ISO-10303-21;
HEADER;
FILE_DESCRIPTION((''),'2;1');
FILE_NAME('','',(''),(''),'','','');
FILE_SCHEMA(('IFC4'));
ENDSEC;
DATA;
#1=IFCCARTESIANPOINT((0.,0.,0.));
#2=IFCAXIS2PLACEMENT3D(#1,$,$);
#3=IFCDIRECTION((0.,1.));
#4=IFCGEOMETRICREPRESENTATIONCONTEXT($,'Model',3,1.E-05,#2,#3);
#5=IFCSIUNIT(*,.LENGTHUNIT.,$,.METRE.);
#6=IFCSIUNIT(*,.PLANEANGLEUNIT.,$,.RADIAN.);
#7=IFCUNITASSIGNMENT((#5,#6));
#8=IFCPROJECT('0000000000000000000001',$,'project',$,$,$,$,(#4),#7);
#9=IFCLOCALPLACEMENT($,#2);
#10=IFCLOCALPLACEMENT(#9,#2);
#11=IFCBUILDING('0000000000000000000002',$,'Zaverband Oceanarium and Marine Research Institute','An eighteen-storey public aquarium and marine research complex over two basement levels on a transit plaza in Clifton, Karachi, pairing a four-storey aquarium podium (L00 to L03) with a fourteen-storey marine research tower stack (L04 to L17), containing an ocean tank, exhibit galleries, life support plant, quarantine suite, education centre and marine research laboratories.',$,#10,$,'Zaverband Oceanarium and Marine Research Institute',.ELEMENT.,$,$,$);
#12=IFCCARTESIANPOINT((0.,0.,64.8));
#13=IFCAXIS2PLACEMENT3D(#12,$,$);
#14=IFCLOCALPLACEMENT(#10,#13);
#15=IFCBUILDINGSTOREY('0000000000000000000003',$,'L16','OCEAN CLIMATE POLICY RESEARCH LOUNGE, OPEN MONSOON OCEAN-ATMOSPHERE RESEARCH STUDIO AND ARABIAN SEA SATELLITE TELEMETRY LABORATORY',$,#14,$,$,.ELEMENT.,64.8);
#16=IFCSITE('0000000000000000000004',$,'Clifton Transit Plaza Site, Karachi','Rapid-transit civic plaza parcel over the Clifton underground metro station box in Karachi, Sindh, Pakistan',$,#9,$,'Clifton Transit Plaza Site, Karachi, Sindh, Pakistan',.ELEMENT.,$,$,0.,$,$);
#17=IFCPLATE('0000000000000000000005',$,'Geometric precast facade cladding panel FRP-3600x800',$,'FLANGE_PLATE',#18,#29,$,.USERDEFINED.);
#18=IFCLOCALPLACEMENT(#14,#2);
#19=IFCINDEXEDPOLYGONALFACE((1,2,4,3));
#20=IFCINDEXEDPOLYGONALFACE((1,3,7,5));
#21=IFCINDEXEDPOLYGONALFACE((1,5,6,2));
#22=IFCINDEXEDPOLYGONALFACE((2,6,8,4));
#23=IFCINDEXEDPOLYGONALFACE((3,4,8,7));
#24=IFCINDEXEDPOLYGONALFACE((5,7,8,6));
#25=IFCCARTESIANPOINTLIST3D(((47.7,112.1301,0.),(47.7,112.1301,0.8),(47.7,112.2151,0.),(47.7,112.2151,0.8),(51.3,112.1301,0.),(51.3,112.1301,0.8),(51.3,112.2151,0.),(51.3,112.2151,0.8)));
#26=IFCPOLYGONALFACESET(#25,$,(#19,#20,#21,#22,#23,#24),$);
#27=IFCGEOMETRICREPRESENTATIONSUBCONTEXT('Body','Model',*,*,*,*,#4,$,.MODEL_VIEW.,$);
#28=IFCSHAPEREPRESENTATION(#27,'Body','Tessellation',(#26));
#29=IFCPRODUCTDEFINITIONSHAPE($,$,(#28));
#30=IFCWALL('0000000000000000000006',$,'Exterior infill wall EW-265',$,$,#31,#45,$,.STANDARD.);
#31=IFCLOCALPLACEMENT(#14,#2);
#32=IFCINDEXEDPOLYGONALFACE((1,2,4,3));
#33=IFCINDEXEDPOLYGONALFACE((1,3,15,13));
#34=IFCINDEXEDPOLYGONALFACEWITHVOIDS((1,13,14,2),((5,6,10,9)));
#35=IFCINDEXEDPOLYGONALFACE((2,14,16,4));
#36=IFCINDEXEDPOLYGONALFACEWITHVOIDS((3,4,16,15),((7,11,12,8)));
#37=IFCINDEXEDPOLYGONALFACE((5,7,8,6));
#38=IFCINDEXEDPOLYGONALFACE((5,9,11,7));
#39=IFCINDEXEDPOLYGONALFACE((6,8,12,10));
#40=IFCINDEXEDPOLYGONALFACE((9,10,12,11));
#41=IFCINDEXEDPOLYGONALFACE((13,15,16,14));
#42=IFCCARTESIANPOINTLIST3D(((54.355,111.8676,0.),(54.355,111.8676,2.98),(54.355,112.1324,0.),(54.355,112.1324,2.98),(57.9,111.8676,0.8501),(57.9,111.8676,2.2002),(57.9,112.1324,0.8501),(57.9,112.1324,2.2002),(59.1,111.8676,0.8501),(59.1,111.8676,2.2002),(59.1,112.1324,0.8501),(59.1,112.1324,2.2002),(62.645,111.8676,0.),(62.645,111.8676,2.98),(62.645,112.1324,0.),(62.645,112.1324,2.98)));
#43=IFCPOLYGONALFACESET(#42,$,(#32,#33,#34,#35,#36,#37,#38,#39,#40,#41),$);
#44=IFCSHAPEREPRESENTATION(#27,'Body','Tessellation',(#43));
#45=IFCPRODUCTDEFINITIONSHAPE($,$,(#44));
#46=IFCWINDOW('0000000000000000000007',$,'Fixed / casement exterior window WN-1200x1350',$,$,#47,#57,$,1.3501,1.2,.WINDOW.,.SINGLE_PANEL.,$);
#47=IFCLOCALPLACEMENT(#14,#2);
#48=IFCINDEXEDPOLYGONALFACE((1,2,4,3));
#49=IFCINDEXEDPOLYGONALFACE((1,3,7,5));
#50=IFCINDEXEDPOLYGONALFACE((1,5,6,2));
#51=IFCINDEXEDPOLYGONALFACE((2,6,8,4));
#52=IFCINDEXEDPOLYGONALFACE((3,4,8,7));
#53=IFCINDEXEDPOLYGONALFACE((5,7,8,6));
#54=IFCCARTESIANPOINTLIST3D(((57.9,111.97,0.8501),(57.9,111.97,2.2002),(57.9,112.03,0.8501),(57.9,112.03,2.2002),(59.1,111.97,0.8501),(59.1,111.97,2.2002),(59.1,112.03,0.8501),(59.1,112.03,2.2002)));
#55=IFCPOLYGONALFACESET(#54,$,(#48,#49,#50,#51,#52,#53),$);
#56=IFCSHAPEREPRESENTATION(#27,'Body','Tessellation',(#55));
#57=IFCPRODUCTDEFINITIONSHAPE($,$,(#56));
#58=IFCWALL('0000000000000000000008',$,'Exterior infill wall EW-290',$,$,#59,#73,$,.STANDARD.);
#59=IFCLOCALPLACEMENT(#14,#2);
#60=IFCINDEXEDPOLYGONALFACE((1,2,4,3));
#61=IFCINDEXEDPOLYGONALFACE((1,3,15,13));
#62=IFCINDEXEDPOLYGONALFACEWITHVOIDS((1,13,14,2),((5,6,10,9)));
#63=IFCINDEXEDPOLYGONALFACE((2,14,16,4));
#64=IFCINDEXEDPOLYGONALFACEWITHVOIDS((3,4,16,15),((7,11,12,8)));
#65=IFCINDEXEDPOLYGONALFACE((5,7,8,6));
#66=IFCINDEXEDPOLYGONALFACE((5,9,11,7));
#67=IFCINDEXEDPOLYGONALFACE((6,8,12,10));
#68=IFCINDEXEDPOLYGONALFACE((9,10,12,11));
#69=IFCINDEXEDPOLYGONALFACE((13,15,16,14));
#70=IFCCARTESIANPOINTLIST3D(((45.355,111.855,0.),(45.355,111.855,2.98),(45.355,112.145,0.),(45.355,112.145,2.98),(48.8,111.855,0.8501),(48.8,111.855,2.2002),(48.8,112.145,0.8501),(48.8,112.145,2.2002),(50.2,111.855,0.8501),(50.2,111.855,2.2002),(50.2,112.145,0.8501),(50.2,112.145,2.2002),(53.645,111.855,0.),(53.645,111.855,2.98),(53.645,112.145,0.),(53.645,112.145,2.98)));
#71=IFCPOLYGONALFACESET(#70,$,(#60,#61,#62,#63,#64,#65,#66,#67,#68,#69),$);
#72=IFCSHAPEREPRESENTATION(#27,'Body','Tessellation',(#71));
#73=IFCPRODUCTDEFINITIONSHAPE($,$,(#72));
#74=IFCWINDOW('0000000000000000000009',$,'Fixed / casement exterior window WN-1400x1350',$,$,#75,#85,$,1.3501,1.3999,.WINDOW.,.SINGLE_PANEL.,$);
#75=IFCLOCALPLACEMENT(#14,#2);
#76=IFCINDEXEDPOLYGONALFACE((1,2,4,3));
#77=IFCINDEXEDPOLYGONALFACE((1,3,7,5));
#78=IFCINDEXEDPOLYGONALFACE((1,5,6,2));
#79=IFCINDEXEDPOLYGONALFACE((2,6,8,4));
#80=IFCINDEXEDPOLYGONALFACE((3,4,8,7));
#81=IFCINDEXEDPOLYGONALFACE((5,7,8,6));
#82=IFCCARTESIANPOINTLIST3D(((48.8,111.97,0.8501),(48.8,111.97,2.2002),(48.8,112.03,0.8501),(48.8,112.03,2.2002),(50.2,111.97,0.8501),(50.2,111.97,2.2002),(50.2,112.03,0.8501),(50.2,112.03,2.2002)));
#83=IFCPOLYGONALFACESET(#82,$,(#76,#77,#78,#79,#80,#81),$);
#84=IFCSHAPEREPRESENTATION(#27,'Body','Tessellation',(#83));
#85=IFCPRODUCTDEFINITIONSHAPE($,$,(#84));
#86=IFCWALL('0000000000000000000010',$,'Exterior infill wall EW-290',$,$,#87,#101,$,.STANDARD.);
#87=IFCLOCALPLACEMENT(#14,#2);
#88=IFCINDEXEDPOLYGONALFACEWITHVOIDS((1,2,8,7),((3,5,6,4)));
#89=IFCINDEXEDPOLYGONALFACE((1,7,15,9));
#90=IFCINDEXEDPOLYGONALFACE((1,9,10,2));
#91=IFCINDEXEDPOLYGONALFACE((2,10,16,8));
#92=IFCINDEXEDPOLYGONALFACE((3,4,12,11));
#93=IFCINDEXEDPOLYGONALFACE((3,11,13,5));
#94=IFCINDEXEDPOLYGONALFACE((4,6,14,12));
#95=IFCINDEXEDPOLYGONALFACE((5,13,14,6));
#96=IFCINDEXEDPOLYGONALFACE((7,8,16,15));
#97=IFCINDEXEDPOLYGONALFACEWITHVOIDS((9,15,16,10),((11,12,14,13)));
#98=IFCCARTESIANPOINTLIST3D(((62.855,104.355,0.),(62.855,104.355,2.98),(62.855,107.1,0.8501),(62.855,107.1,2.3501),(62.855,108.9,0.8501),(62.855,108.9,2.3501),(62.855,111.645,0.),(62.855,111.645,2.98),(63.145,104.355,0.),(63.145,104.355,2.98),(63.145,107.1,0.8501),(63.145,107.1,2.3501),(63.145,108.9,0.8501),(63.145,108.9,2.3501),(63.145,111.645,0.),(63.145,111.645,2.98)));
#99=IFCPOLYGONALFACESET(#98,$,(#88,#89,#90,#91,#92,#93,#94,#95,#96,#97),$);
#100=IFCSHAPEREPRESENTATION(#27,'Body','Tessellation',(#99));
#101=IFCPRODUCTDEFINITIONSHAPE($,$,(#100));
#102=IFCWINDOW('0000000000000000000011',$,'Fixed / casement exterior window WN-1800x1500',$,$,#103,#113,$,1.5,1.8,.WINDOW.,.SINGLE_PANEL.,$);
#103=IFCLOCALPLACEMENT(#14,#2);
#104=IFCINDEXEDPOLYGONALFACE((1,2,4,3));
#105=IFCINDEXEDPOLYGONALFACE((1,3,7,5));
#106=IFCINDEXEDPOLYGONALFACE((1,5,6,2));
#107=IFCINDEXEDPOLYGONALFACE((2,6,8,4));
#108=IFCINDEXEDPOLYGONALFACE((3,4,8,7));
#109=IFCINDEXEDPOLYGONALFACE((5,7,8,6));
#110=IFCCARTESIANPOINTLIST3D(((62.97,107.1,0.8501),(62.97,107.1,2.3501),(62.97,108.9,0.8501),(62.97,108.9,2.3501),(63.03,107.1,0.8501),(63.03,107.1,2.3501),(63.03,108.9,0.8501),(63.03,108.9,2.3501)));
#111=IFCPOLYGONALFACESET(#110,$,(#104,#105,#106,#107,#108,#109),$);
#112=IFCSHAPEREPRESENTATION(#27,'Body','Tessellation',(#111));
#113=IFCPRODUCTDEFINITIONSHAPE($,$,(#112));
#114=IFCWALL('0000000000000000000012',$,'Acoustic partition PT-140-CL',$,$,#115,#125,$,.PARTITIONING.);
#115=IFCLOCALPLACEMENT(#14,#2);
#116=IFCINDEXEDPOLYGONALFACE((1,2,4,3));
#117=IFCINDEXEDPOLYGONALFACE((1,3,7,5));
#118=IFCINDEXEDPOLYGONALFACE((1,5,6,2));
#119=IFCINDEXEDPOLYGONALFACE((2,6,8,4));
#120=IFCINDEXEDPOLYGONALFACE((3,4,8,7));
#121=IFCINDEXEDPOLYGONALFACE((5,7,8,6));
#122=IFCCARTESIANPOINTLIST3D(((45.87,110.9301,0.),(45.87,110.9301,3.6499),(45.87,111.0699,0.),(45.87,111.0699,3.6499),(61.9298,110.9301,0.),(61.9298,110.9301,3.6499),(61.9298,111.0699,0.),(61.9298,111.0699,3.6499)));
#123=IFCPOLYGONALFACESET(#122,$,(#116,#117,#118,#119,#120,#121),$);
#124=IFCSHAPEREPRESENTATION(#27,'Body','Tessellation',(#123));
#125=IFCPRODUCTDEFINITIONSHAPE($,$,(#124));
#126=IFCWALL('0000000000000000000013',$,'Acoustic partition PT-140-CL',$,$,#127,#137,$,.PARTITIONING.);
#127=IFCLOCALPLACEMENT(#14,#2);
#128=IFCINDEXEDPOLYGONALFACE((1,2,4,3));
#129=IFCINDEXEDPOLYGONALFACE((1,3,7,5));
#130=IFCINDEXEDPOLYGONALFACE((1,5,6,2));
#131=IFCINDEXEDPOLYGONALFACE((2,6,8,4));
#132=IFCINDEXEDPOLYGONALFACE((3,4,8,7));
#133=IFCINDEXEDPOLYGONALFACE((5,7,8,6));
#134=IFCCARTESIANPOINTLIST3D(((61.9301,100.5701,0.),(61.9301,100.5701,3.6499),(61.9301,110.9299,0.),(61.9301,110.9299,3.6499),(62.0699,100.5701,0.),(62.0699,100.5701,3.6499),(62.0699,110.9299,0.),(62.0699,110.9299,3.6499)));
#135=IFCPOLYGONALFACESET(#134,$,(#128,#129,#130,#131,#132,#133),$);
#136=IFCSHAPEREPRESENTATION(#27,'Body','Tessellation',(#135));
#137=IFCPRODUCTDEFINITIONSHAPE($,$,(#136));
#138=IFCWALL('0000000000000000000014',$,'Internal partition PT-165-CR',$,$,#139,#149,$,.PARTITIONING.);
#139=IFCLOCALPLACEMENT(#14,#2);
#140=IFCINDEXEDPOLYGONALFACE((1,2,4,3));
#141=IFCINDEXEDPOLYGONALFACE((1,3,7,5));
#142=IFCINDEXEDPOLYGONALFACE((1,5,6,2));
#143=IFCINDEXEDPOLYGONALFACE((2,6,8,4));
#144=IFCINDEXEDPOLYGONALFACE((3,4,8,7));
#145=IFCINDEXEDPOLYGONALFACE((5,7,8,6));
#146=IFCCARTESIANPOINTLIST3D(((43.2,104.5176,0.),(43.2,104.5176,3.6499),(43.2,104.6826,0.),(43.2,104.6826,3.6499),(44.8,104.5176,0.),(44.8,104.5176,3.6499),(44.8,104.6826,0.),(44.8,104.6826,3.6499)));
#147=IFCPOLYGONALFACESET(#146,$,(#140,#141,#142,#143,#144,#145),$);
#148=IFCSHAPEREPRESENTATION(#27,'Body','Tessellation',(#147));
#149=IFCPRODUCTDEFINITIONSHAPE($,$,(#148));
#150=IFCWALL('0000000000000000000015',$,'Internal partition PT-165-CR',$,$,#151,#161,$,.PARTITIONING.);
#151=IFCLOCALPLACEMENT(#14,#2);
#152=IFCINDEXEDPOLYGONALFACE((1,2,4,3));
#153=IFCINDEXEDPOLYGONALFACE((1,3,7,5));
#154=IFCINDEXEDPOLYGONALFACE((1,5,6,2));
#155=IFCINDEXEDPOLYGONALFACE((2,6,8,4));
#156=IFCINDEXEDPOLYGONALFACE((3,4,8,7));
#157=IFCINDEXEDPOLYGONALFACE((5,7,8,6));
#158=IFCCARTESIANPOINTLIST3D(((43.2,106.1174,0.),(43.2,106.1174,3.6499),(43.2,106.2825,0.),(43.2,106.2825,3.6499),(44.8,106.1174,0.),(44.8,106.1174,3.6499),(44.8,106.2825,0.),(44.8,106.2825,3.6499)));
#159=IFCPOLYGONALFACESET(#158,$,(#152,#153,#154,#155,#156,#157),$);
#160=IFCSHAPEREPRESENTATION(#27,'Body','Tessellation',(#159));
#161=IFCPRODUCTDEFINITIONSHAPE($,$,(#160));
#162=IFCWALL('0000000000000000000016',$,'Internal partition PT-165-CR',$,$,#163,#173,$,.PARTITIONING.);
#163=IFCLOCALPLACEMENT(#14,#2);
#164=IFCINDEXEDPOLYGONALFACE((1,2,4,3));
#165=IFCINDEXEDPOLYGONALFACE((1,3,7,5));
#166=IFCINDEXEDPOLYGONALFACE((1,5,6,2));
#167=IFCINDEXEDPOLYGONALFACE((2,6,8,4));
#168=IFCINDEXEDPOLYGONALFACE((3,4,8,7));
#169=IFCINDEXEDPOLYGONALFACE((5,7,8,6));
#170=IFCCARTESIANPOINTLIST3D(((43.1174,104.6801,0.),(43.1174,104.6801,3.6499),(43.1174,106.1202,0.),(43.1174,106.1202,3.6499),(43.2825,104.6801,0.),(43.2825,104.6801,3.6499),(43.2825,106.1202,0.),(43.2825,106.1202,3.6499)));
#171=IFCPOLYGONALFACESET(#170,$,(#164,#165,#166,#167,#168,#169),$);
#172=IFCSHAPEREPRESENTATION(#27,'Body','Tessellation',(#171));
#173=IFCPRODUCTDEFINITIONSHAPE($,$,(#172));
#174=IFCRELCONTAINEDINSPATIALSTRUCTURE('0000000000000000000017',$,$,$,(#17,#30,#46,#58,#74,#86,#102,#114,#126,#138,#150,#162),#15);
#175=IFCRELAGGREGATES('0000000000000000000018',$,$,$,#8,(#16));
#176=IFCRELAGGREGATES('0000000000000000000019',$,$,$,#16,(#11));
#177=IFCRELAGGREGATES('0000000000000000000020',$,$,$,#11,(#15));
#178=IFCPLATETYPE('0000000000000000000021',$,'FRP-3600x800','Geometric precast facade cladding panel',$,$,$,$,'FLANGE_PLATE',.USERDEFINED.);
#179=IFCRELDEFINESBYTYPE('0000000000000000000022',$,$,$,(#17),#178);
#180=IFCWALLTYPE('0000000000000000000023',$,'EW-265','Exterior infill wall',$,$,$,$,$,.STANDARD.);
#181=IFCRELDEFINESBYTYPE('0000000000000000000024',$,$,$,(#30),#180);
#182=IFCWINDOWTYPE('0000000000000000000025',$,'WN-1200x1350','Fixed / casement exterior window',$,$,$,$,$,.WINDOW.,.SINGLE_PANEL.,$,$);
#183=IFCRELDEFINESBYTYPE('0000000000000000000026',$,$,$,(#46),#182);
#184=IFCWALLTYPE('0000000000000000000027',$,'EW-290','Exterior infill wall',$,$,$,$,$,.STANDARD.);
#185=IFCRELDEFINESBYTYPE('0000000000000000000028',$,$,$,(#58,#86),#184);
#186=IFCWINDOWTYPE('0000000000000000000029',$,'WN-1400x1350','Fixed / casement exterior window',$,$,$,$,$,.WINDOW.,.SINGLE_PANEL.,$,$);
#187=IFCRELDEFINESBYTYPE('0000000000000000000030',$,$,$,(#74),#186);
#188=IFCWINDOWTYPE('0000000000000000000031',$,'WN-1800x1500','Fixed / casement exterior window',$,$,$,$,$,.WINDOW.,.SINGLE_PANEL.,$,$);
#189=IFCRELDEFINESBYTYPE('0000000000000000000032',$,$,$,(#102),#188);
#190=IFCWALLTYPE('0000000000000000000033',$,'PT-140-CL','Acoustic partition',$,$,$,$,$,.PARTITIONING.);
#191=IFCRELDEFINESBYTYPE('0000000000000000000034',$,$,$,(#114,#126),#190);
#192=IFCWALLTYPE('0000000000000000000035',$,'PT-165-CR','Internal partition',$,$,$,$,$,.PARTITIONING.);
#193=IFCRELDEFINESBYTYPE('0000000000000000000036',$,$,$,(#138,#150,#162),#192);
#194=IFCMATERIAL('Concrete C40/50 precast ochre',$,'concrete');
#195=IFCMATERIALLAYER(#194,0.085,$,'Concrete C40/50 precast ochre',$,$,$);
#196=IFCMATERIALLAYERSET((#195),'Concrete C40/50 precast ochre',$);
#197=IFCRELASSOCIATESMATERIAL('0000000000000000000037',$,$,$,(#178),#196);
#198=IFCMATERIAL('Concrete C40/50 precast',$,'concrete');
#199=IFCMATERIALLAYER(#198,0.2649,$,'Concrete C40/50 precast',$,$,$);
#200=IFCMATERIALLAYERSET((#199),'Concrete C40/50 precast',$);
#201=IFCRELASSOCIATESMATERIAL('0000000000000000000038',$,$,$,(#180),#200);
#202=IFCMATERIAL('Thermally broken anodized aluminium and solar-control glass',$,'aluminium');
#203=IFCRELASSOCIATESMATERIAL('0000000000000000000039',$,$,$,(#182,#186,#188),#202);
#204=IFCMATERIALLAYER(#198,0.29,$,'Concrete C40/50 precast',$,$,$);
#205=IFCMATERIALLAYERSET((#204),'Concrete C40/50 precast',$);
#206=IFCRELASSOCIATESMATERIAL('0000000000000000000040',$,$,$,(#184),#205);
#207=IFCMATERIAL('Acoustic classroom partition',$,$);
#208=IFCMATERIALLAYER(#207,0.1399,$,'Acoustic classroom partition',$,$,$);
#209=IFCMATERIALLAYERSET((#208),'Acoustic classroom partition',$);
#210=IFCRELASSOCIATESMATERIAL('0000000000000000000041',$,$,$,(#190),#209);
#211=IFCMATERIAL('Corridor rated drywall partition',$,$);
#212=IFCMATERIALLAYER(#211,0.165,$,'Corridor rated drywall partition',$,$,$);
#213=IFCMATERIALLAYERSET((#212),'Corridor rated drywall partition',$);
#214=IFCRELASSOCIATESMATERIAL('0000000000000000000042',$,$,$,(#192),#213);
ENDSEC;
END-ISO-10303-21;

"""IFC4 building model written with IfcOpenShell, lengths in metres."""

from ifc_helpers import new_model, si_unit, direction, frame, frame_2d, origin, place, context, subcontext, project, spatial, rectangle, extrude, material, layer, layer_set, type_object, element, fill, save


model = new_model("IFC4")

# Units and contexts
model_context = context("Model", 3, precision=1e-05, world=origin(), true_north=direction((0.0, 1.0)))
body_context = subcontext(model_context, "Body", "Model", "MODEL_VIEW")
ifc_project = project(units=[si_unit("LENGTHUNIT", "METRE"), si_unit("PLANEANGLEUNIT", "RADIAN")], contexts=[model_context])

# Site, building, storey
site_placement = place(None, origin())
site = spatial("IfcSite", under=ifc_project, at=site_placement, Name="Clifton Transit Plaza Site, Karachi", Description="Rapid-transit civic plaza parcel over the Clifton underground metro station box in Karachi, Sindh, Pakistan", LongName="Clifton Transit Plaza Site, Karachi, Sindh, Pakistan", CompositionType="ELEMENT", RefElevation=0.0)
building_placement = place(site_placement, origin())
building = spatial("IfcBuilding", under=site, at=building_placement, Name="Zaverband Oceanarium and Marine Research Institute", Description="An eighteen-storey public aquarium and marine research complex over two basement levels on a transit plaza in Clifton, Karachi, pairing a four-storey aquarium podium (L00 to L03) with a fourteen-storey marine research tower stack (L04 to L17), containing an ocean tank, exhibit galleries, life support plant, quarantine suite, education centre and marine research laboratories.", LongName="Zaverband Oceanarium and Marine Research Institute", CompositionType="ELEMENT")
storey_placement = place(building_placement, frame((0.0, 0.0, 64.8)))
storey = spatial("IfcBuildingStorey", under=building, at=storey_placement, Name="L16", Description="OCEAN CLIMATE POLICY RESEARCH LOUNGE, OPEN MONSOON OCEAN-ATMOSPHERE RESEARCH STUDIO AND ARABIAN SEA SATELLITE TELEMETRY LABORATORY", CompositionType="ELEMENT", Elevation=64.8)

# Shared definitions
ifc_material_1 = material(Name="Thermally broken anodized aluminium and solar-control glass", Category="aluminium")

# Plate
ifc_material_2 = material(Name="Concrete C40/50 precast ochre", Category="concrete")
ifc_layer_1 = layer(ifc_material_2, 0.085, Name="Concrete C40/50 precast ochre")
ifc_layer_set_1 = layer_set([ifc_layer_1], Name="Concrete C40/50 precast ochre")
plate_type_1 = type_object("IfcPlateType", Name="FRP-3600x800", Description="Geometric precast facade cladding panel", ElementType="FLANGE_PLATE", PredefinedType="USERDEFINED", material=ifc_layer_set_1)
plate_1_placement = place(storey_placement, frame((47.7, 112.1726, 0.0), z_axis=(0.0, 0.0, 1.0), x_axis=(1.0, 0.0, 0.0)))
element("IfcPlate", 1, at=plate_1_placement, inside=storey, type_object=plate_type_1, Name="Geometric precast facade cladding panel FRP-3600x800", ObjectType="FLANGE_PLATE", PredefinedType="USERDEFINED", context=body_context, shape_type="SweptSolid", body=[
    extrude(rectangle(XDim=3.6001, YDim=0.085, at=frame_2d((1.8, 0.0))), origin(), (0.0, 0.0, 1.0), 0.8),
])

# Walls, openings, windows
ifc_material_3 = material(Name="Concrete C40/50 precast", Category="concrete")
ifc_layer_2 = layer(ifc_material_3, 0.2649, Name="Concrete C40/50 precast")
ifc_layer_set_2 = layer_set([ifc_layer_2], Name="Concrete C40/50 precast")
wall_type_1 = type_object("IfcWallType", Name="EW-265", Description="Exterior infill wall", PredefinedType="STANDARD", material=ifc_layer_set_2)
wall_1_placement = place(storey_placement, frame((54.355, 112.0, 0.0), z_axis=(0.0, 0.0, 1.0), x_axis=(1.0, 0.0, 0.0)))
wall_1 = element("IfcWall", 2, at=wall_1_placement, inside=storey, type_object=wall_type_1, Name="Exterior infill wall EW-265", PredefinedType="STANDARD", context=body_context, shape_type="SweptSolid", body=[
    extrude(rectangle(XDim=8.29, YDim=0.2649, at=frame_2d((4.145, 0.0))), origin(), (0.0, 0.0, 1.0), 2.98),
])
opening_1_placement = place(wall_1_placement, frame((3.5449, 0.0, 0.8501)))
opening_1 = element("IfcOpeningElement", 3, at=opening_1_placement, cuts=wall_1, PredefinedType="OPENING", context=body_context, shape_type="SweptSolid", body=[
    extrude(rectangle(XDim=1.2, YDim=1.3501, at=frame_2d((0.6001, 0.675))), frame((0.0, 0.1445, 0.0), z_axis=(0.0, -1.0, 0.0), x_axis=(1.0, 0.0, 0.0)), (0.0, 0.0, 1.0), 0.2888),
])
window_type_1 = type_object("IfcWindowType", Name="WN-1200x1350", Description="Fixed / casement exterior window", PartitioningType="SINGLE_PANEL", PredefinedType="WINDOW", material=ifc_material_1)
window_1_placement = place(opening_1_placement, origin())
window_1 = element("IfcWindow", 4, at=window_1_placement, inside=storey, type_object=window_type_1, Name="Fixed / casement exterior window WN-1200x1350", OverallHeight=1.3501, OverallWidth=1.2, PartitioningType="SINGLE_PANEL", PredefinedType="WINDOW", context=body_context, shape_type="SweptSolid", body=[
    extrude(rectangle(XDim=1.2, YDim=1.3501, at=frame_2d((0.6001, 0.675))), frame((0.0, 0.03, 0.0), z_axis=(0.0, -1.0, 0.0), x_axis=(1.0, 0.0, 0.0)), (0.0, 0.0, 1.0), 0.0601),
])
fill(opening_1, window_1)
ifc_layer_3 = layer(ifc_material_3, 0.29, Name="Concrete C40/50 precast")
ifc_layer_set_3 = layer_set([ifc_layer_3], Name="Concrete C40/50 precast")
wall_type_2 = type_object("IfcWallType", Name="EW-290", Description="Exterior infill wall", PredefinedType="STANDARD", material=ifc_layer_set_3)
wall_2_placement = place(storey_placement, frame((45.355, 112.0, 0.0), z_axis=(0.0, 0.0, 1.0), x_axis=(1.0, 0.0, 0.0)))
wall_2 = element("IfcWall", 5, at=wall_2_placement, inside=storey, type_object=wall_type_2, Name="Exterior infill wall EW-290", PredefinedType="STANDARD", context=body_context, shape_type="SweptSolid", body=[
    extrude(rectangle(XDim=8.29, YDim=0.29, at=frame_2d((4.145, 0.0))), origin(), (0.0, 0.0, 1.0), 2.98),
])
opening_2_placement = place(wall_2_placement, frame((3.4451, 0.0, 0.8501)))
opening_2 = element("IfcOpeningElement", 6, at=opening_2_placement, cuts=wall_2, PredefinedType="OPENING", context=body_context, shape_type="SweptSolid", body=[
    extrude(rectangle(XDim=1.3999, YDim=1.3501, at=frame_2d((0.7, 0.675))), frame((0.0, 0.157, 0.0), z_axis=(0.0, -1.0, 0.0), x_axis=(1.0, 0.0, 0.0)), (0.0, 0.0, 1.0), 0.314),
])
window_type_2 = type_object("IfcWindowType", Name="WN-1400x1350", Description="Fixed / casement exterior window", PartitioningType="SINGLE_PANEL", PredefinedType="WINDOW", material=ifc_material_1)
window_2_placement = place(opening_2_placement, origin())
window_2 = element("IfcWindow", 7, at=window_2_placement, inside=storey, type_object=window_type_2, Name="Fixed / casement exterior window WN-1400x1350", OverallHeight=1.3501, OverallWidth=1.3999, PartitioningType="SINGLE_PANEL", PredefinedType="WINDOW", context=body_context, shape_type="SweptSolid", body=[
    extrude(rectangle(XDim=1.3999, YDim=1.3501, at=frame_2d((0.7, 0.675))), frame((0.0, 0.03, 0.0), z_axis=(0.0, -1.0, 0.0), x_axis=(1.0, 0.0, 0.0)), (0.0, 0.0, 1.0), 0.0601),
])
fill(opening_2, window_2)
wall_3_placement = place(storey_placement, frame((63.0, 104.355, 0.0), z_axis=(0.0, 0.0, 1.0), x_axis=(0.0, 1.0, 0.0)))
wall_3 = element("IfcWall", 8, at=wall_3_placement, inside=storey, type_object=wall_type_2, Name="Exterior infill wall EW-290", PredefinedType="STANDARD", context=body_context, shape_type="SweptSolid", body=[
    extrude(rectangle(XDim=7.29, YDim=0.29, at=frame_2d((3.645, 0.0))), origin(), (0.0, 0.0, 1.0), 2.98),
])
opening_3_placement = place(wall_3_placement, frame((2.7451, 0.0, 0.8501)))
opening_3 = element("IfcOpeningElement", 9, at=opening_3_placement, cuts=wall_3, PredefinedType="OPENING", context=body_context, shape_type="SweptSolid", body=[
    extrude(rectangle(XDim=1.8, YDim=1.5, at=frame_2d((0.8999, 0.75))), frame((0.0, 0.157, 0.0), z_axis=(0.0, -1.0, 0.0), x_axis=(1.0, 0.0, 0.0)), (0.0, 0.0, 1.0), 0.314),
])
window_type_3 = type_object("IfcWindowType", Name="WN-1800x1500", Description="Fixed / casement exterior window", PartitioningType="SINGLE_PANEL", PredefinedType="WINDOW", material=ifc_material_1)
window_3_placement = place(opening_3_placement, origin())
window_3 = element("IfcWindow", 10, at=window_3_placement, inside=storey, type_object=window_type_3, Name="Fixed / casement exterior window WN-1800x1500", OverallHeight=1.5, OverallWidth=1.8, PartitioningType="SINGLE_PANEL", PredefinedType="WINDOW", context=body_context, shape_type="SweptSolid", body=[
    extrude(rectangle(XDim=1.8, YDim=1.5, at=frame_2d((0.8999, 0.75))), frame((0.0, 0.03, 0.0), z_axis=(0.0, -1.0, 0.0), x_axis=(1.0, 0.0, 0.0)), (0.0, 0.0, 1.0), 0.0601),
])
fill(opening_3, window_3)

# Walls
ifc_material_4 = material(Name="Acoustic classroom partition")
ifc_layer_4 = layer(ifc_material_4, 0.1399, Name="Acoustic classroom partition")
ifc_layer_set_4 = layer_set([ifc_layer_4], Name="Acoustic classroom partition")
wall_type_3 = type_object("IfcWallType", Name="PT-140-CL", Description="Acoustic partition", PredefinedType="PARTITIONING", material=ifc_layer_set_4)
wall_4_placement = place(storey_placement, frame((45.8701, 111.0, 0.0), z_axis=(0.0, 0.0, 1.0), x_axis=(1.0, 0.0, 0.0)))
element("IfcWall", 11, at=wall_4_placement, inside=storey, type_object=wall_type_3, Name="Acoustic partition PT-140-CL", PredefinedType="PARTITIONING", context=body_context, shape_type="SweptSolid", body=[
    extrude(rectangle(XDim=16.0598, YDim=0.1399, at=frame_2d((8.0298, 0.0))), origin(), (0.0, 0.0, 1.0), 3.6499),
])
wall_5_placement = place(storey_placement, frame((62.0, 100.5701, 0.0), z_axis=(0.0, 0.0, 1.0), x_axis=(0.0, 1.0, 0.0)))
element("IfcWall", 12, at=wall_5_placement, inside=storey, type_object=wall_type_3, Name="Acoustic partition PT-140-CL", PredefinedType="PARTITIONING", context=body_context, shape_type="SweptSolid", body=[
    extrude(rectangle(XDim=10.3599, YDim=0.1399, at=frame_2d((5.1799, 0.0))), origin(), (0.0, 0.0, 1.0), 3.6499),
])
ifc_material_5 = material(Name="Corridor rated drywall partition")
ifc_layer_5 = layer(ifc_material_5, 0.165, Name="Corridor rated drywall partition")
ifc_layer_set_5 = layer_set([ifc_layer_5], Name="Corridor rated drywall partition")
wall_type_4 = type_object("IfcWallType", Name="PT-165-CR", Description="Internal partition", PredefinedType="PARTITIONING", material=ifc_layer_set_5)
for number, where, z_axis, x_axis, name in (
    (13, (43.2, 104.6001, 0.0), (0.0, 0.0, 1.0), (1.0, 0.0, 0.0), "Internal partition PT-165-CR"),
    (14, (43.2, 106.2, 0.0), (0.0, 0.0, 1.0), (1.0, 0.0, 0.0), "Internal partition PT-165-CR"),
):
    element("IfcWall", number, at=place(storey_placement, frame(where, z_axis=z_axis, x_axis=x_axis)), inside=storey, type_object=wall_type_4, Name=name, PredefinedType="PARTITIONING", context=body_context, shape_type="SweptSolid", body=[
        extrude(rectangle(XDim=1.6001, YDim=0.165, at=frame_2d((0.8, 0.0))), origin(), (0.0, 0.0, 1.0), 3.6499),
    ])
wall_6_placement = place(storey_placement, frame((43.2, 104.6799, 0.0), z_axis=(0.0, 0.0, 1.0), x_axis=(0.0, 1.0, 0.0)))
element("IfcWall", 15, at=wall_6_placement, inside=storey, type_object=wall_type_4, Name="Internal partition PT-165-CR", PredefinedType="PARTITIONING", context=body_context, shape_type="SweptSolid", body=[
    extrude(rectangle(XDim=1.4402, YDim=0.165, at=frame_2d((0.7202, 0.0))), origin(), (0.0, 0.0, 1.0), 3.6499),
])

save(model, "model.ifc")
